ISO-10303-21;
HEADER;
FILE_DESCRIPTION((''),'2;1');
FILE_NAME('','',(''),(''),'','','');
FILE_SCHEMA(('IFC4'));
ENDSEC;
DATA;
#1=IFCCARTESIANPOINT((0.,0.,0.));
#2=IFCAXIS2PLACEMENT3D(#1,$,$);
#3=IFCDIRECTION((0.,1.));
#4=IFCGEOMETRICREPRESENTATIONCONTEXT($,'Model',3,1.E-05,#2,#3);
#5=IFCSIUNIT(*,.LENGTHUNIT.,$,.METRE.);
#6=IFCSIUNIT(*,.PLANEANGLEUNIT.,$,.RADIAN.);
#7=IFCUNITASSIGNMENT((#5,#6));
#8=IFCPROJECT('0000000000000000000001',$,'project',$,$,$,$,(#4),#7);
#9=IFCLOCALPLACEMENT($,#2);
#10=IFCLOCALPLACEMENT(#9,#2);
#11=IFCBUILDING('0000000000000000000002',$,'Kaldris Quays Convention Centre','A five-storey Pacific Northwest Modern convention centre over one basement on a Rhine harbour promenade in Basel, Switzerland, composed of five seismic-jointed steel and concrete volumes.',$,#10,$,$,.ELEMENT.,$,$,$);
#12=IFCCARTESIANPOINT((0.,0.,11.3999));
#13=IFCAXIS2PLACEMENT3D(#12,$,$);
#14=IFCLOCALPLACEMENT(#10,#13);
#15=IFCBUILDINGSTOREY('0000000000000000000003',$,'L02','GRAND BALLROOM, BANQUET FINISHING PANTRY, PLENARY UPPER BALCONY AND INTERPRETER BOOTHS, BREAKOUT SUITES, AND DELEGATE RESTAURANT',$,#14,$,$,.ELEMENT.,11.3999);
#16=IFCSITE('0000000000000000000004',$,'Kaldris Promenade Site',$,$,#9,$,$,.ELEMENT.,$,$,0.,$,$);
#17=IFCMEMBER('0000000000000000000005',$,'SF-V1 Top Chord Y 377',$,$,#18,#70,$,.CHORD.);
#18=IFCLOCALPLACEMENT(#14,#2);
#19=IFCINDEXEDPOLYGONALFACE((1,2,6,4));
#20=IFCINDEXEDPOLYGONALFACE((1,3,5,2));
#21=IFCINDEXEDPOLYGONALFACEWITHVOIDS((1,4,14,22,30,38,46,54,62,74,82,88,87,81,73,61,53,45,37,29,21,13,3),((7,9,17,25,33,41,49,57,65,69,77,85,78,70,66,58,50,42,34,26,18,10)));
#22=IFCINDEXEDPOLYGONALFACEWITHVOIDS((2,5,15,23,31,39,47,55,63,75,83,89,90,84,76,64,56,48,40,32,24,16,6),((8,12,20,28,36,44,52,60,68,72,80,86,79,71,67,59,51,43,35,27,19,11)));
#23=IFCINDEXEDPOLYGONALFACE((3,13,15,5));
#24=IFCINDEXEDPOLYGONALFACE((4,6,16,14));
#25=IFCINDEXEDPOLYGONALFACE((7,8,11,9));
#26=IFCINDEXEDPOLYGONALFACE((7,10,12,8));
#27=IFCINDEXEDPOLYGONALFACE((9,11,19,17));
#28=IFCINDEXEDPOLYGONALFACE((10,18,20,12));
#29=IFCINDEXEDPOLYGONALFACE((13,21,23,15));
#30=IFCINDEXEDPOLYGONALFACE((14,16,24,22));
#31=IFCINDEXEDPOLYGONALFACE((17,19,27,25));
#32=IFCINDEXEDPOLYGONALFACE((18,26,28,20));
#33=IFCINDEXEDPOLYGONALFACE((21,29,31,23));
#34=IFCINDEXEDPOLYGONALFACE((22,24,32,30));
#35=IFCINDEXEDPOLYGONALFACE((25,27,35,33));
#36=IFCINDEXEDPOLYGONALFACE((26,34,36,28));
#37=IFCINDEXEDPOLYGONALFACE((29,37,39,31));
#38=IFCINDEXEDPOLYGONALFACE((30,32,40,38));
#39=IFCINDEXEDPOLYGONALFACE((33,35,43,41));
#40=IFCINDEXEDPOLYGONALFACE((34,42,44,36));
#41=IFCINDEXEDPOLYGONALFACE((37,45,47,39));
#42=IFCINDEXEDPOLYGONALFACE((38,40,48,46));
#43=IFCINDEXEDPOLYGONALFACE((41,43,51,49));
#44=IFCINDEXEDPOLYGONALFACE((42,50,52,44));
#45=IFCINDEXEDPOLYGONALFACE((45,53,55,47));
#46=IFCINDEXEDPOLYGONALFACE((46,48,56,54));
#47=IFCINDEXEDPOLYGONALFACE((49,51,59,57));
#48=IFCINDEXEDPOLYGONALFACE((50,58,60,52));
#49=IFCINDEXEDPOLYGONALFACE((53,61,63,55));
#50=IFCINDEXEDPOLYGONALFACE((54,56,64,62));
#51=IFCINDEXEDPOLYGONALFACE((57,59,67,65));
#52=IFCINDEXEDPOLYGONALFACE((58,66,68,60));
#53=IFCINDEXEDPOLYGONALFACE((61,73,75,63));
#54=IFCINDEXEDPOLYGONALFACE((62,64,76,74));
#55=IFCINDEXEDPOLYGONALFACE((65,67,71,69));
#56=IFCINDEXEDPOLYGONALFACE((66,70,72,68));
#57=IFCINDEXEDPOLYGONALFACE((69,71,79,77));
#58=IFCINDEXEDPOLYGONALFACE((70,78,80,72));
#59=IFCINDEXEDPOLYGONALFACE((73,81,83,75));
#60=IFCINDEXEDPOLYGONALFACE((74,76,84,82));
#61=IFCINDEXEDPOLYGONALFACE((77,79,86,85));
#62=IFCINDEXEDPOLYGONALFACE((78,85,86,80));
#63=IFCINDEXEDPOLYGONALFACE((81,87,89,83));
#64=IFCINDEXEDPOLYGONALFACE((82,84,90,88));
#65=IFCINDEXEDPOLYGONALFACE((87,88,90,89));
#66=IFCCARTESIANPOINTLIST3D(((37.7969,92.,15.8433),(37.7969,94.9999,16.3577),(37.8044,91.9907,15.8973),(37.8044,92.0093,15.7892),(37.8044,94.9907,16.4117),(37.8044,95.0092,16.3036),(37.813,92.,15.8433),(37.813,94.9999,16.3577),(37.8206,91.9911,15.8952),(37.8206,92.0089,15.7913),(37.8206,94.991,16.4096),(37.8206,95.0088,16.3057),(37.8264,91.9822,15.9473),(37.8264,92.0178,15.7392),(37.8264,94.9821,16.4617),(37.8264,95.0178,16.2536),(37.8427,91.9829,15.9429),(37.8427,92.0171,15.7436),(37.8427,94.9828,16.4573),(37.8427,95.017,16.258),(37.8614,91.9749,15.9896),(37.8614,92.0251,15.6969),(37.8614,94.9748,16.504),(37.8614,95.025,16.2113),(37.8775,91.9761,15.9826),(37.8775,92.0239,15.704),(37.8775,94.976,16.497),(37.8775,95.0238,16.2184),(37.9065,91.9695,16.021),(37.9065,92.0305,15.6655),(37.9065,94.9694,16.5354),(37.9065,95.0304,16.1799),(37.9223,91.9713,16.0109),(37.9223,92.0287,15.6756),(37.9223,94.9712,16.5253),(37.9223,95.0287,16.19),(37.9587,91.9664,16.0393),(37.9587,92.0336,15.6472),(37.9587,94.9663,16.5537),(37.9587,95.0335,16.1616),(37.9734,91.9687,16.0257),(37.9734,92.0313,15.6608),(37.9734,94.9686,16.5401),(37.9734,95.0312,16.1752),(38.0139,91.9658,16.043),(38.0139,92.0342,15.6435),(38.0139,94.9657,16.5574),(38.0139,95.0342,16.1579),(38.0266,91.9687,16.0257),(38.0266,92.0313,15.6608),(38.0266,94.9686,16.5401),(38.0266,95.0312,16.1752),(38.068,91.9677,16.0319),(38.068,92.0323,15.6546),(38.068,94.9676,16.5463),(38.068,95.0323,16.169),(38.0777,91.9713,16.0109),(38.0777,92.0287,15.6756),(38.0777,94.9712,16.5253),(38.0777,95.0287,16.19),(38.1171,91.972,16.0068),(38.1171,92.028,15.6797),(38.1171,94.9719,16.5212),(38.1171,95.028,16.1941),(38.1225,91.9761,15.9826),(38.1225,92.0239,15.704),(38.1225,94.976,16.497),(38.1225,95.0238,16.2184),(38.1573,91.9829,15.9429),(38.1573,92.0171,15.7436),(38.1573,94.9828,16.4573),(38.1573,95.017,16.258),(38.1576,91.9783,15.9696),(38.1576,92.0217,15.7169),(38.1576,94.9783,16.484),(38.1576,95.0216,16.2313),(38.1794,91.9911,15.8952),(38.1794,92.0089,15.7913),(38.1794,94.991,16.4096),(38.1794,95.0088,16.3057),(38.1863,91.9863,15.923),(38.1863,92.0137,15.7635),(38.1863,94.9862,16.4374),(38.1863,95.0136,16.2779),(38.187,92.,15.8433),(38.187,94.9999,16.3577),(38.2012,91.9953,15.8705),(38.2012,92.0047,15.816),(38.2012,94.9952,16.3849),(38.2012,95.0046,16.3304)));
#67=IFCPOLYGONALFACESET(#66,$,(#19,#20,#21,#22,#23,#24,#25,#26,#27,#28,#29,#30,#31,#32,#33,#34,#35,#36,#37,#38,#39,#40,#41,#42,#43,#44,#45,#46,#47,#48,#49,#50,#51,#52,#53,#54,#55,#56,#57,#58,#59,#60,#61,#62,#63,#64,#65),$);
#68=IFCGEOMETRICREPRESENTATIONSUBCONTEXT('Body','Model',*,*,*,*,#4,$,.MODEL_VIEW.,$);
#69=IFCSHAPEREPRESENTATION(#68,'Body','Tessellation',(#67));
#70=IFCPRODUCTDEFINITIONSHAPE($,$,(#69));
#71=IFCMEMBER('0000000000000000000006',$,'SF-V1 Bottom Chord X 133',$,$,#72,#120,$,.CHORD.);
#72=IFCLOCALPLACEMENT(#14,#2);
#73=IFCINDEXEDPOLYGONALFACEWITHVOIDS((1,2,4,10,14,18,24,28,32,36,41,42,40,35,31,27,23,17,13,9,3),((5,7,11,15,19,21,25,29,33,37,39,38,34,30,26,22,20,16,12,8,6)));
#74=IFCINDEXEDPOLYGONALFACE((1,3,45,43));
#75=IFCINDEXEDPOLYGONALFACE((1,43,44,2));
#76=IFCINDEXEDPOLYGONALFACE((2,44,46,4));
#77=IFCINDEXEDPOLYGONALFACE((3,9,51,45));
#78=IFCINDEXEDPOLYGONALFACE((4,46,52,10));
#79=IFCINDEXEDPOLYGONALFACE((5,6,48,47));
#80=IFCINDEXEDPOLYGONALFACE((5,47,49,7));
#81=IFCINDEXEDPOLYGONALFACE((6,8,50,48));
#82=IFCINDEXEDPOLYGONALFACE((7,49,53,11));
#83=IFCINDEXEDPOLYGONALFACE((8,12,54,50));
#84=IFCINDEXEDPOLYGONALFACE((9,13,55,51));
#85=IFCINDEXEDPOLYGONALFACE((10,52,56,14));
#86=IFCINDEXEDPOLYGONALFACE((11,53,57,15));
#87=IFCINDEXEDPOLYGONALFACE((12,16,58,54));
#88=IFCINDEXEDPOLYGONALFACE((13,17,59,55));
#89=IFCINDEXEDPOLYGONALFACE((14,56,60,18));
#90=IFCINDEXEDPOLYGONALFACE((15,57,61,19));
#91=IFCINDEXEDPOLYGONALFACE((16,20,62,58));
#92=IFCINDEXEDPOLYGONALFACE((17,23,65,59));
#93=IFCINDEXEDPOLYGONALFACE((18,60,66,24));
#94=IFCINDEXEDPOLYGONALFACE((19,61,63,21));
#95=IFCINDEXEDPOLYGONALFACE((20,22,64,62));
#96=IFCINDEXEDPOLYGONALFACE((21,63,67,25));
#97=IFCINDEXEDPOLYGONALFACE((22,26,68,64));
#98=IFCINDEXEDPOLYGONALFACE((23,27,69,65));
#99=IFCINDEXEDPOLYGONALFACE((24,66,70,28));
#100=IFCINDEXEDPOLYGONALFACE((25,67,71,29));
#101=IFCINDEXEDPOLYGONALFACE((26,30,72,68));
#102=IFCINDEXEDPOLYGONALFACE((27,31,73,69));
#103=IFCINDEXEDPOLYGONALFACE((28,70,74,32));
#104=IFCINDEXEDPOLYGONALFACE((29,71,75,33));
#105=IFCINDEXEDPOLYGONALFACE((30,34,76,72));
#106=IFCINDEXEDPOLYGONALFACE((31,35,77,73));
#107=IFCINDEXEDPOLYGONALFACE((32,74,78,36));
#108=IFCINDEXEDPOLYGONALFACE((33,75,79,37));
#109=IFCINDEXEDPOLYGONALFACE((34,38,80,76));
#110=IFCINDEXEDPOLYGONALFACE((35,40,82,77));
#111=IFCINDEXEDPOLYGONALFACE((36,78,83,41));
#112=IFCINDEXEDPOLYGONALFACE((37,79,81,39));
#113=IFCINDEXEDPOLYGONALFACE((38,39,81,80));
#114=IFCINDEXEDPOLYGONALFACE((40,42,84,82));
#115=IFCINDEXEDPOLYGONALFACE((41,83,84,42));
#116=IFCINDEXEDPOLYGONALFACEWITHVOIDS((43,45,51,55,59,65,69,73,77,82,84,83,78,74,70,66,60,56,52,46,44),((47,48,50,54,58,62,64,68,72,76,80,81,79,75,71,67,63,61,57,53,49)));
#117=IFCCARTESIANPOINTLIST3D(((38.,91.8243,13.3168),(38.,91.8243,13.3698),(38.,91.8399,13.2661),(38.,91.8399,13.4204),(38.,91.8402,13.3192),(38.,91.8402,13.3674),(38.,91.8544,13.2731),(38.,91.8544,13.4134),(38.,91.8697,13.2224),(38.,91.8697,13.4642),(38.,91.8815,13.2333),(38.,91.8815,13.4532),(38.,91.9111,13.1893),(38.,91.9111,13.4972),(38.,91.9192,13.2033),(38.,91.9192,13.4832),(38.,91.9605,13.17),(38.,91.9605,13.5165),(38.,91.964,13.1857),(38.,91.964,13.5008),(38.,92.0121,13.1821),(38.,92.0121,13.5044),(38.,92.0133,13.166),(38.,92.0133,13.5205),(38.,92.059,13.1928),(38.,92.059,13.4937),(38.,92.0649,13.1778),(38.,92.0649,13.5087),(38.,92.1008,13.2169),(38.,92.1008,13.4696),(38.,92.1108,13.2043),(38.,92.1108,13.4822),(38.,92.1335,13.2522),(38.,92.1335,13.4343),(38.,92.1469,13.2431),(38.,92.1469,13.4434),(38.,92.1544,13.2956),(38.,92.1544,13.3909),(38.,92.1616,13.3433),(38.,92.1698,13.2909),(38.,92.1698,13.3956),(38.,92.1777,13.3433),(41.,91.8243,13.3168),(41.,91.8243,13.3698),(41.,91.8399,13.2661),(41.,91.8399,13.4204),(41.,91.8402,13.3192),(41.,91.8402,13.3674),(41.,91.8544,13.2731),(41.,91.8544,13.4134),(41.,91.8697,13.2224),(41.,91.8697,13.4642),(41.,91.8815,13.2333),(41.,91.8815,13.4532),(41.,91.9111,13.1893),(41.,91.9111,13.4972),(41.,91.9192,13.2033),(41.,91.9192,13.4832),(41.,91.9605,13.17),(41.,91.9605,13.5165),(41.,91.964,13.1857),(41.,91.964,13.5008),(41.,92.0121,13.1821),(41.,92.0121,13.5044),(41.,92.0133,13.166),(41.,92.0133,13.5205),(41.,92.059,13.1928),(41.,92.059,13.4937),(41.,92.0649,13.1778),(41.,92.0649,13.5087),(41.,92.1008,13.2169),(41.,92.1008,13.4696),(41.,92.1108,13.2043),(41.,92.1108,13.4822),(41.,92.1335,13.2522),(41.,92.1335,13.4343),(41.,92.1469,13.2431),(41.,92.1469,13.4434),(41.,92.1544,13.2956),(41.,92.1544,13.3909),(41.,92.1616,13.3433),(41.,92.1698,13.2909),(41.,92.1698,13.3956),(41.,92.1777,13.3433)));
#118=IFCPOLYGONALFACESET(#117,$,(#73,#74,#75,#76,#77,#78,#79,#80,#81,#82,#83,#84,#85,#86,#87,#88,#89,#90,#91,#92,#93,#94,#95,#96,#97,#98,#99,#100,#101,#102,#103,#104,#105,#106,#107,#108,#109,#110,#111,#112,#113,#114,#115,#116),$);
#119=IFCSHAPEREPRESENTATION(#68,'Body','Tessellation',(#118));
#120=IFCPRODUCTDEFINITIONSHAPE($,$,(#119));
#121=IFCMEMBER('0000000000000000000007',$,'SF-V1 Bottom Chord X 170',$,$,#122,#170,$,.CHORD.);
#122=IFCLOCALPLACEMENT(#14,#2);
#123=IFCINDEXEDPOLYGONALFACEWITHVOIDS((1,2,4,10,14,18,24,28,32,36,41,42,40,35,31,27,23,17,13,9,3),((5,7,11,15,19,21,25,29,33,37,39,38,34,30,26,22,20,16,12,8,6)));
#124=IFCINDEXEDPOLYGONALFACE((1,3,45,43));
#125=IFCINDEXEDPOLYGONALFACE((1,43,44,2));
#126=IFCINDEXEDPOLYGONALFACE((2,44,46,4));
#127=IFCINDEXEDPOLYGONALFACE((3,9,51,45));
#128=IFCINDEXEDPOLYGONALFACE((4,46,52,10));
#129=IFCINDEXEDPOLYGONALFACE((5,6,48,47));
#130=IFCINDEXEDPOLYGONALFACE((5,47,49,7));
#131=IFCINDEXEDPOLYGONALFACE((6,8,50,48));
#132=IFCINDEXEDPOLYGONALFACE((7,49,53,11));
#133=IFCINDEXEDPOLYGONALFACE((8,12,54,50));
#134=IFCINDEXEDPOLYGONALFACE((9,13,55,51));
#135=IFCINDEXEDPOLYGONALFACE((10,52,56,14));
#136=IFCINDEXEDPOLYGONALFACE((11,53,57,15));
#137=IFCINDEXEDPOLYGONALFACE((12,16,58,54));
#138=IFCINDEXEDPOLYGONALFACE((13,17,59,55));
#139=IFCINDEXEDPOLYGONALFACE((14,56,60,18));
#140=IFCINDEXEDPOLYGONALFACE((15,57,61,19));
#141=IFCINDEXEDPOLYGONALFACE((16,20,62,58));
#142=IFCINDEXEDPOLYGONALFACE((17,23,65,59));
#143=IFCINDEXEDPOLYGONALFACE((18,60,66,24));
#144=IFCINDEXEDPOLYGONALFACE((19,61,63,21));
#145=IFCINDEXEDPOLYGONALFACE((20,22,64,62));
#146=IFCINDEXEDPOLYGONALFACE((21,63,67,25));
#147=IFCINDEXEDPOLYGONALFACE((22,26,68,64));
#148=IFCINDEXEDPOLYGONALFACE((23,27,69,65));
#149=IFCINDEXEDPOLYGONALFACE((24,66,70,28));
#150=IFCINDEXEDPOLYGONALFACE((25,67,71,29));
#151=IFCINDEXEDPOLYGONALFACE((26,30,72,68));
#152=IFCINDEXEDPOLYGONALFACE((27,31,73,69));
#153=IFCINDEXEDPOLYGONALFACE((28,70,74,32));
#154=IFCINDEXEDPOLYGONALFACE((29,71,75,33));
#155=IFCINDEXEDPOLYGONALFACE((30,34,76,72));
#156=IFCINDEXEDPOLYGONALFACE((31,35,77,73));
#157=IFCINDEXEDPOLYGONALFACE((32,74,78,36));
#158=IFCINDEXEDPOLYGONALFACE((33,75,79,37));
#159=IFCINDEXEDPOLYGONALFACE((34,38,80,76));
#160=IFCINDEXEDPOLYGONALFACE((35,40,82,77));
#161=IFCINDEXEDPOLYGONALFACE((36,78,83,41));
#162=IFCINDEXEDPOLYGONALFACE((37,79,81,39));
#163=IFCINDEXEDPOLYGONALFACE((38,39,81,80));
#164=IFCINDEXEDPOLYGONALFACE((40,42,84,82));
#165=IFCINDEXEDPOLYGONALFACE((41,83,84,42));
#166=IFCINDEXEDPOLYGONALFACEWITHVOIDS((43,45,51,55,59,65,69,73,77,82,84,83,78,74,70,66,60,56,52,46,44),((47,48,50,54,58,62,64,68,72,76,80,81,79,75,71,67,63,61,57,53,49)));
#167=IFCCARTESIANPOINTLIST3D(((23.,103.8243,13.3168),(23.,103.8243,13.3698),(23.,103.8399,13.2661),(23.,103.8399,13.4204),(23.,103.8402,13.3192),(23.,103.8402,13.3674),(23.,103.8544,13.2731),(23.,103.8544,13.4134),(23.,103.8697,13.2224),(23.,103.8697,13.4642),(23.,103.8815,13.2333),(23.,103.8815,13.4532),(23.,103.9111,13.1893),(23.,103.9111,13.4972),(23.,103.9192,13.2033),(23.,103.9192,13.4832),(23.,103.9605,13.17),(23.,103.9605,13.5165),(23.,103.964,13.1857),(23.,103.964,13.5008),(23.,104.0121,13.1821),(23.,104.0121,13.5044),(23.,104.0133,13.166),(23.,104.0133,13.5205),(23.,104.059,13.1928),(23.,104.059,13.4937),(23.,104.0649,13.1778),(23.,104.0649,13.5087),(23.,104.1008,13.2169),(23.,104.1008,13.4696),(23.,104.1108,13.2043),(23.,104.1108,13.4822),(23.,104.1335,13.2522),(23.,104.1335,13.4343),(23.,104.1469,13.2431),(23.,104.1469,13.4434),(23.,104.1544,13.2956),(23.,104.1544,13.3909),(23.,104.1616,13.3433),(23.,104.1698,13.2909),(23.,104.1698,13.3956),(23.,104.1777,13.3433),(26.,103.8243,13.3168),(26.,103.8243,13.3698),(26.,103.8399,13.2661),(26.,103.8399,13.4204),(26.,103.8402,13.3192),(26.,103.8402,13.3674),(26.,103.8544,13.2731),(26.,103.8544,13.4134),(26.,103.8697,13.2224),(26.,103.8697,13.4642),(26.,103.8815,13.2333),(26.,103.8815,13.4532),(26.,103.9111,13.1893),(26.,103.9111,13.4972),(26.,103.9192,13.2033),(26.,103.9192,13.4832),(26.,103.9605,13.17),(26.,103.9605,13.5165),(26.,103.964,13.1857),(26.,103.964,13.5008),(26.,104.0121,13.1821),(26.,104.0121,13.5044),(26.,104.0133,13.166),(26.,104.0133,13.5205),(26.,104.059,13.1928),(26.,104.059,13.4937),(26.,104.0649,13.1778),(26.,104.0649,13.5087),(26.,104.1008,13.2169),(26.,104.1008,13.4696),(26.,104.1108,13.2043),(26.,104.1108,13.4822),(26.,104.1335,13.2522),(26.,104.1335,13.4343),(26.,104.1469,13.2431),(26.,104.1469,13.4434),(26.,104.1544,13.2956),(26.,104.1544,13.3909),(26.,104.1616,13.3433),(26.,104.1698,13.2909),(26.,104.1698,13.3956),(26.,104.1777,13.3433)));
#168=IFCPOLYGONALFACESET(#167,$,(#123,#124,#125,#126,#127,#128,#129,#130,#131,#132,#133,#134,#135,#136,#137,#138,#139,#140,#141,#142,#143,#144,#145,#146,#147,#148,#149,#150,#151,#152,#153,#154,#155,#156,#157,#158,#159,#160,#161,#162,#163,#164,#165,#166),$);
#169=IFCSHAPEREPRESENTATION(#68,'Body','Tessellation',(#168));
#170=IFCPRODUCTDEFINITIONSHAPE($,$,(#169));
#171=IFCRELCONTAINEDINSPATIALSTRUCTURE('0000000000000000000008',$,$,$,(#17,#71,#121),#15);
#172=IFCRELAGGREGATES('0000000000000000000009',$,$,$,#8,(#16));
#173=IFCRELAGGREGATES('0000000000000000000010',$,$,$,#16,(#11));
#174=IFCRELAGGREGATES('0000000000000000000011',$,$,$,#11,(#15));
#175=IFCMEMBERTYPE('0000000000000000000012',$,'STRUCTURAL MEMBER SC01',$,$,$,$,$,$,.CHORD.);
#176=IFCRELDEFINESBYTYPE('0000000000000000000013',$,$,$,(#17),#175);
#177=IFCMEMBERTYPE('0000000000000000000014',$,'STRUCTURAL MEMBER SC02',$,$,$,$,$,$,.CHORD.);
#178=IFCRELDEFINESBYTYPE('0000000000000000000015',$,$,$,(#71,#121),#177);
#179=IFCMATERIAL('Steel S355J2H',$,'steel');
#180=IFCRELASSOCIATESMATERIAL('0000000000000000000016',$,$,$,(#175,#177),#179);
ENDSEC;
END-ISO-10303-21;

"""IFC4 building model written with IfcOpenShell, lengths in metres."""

from ifc_helpers import new_model, si_unit, direction, frame, origin, origin_2d, place, context, subcontext, project, spatial, hollow_circle, extrude, material, material_profile, profile_set, type_object, element, save


model = new_model("IFC4")

# Units and contexts
model_context = context("Model", 3, precision=1e-05, world=origin(), true_north=direction((0.0, 1.0)))
body_context = subcontext(model_context, "Body", "Model", "MODEL_VIEW")
ifc_project = project(units=[si_unit("LENGTHUNIT", "METRE"), si_unit("PLANEANGLEUNIT", "RADIAN")], contexts=[model_context])

# Site, building, storey
site_placement = place(None, origin())
site = spatial("IfcSite", under=ifc_project, at=site_placement, Name="Kaldris Promenade Site", CompositionType="ELEMENT", RefElevation=0.0)
building_placement = place(site_placement, origin())
building = spatial("IfcBuilding", under=site, at=building_placement, Name="Kaldris Quays Convention Centre", Description="A five-storey Pacific Northwest Modern convention centre over one basement on a Rhine harbour promenade in Basel, Switzerland, composed of five seismic-jointed steel and concrete volumes.", CompositionType="ELEMENT")
storey_placement = place(building_placement, frame((0.0, 0.0, 11.3999)))
storey = spatial("IfcBuildingStorey", under=building, at=storey_placement, Name="L02", Description="GRAND BALLROOM, BANQUET FINISHING PANTRY, PLENARY UPPER BALCONY AND INTERPRETER BOOTHS, BREAKOUT SUITES, AND DELEGATE RESTAURANT", CompositionType="ELEMENT", Elevation=11.3999)

# Members
ifc_material_1 = material(Name="Steel S355J2H", Category="steel")
ifc_material_profile_1 = material_profile(ifc_material_1, hollow_circle(Radius=0.2031, WallThickness=0.0161, at=origin_2d()), Name="CHS 406.4x16")
ifc_profile_set_1 = profile_set([ifc_material_profile_1], Name="Steel S355J2H")
member_type_1 = type_object("IfcMemberType", Name="STRUCTURAL MEMBER SC01", PredefinedType="CHORD", material=ifc_profile_set_1)
for number, where, z_axis, x_axis, name in (
    (1, (38.0, 92.0, 15.8433), (0.0, 0.985616, 0.169002), (-1.0, 0.0, 0.0), "SF-V1 Top Chord Y 377"),
):
    element("IfcMember", number, at=place(storey_placement, frame(where, z_axis=z_axis, x_axis=x_axis)), inside=storey, type_object=member_type_1, Name=name, PredefinedType="CHORD", context=body_context, shape_type="SweptSolid", body=[
        extrude(hollow_circle(Radius=0.2031, WallThickness=0.0161, at=origin_2d()), origin(), (0.0, 0.0, 1.0), 3.0437),
    ])
ifc_material_profile_2 = material_profile(ifc_material_1, hollow_circle(Radius=0.1777, WallThickness=0.0161, at=origin_2d()), Name="CHS 355.6x16")
ifc_profile_set_2 = profile_set([ifc_material_profile_2], Name="Steel S355J2H")
member_type_2 = type_object("IfcMemberType", Name="STRUCTURAL MEMBER SC02", PredefinedType="CHORD", material=ifc_profile_set_2)
for number, where, z_axis, x_axis, name in (
    (2, (38.0, 92.0, 13.3433), (1.0, 0.0, 0.0), (0.0, 1.0, 0.0), "SF-V1 Bottom Chord X 133"),
    (3, (23.0, 104.0, 13.3433), (1.0, 0.0, 0.0), (0.0, 1.0, 0.0), "SF-V1 Bottom Chord X 170"),
):
    element("IfcMember", number, at=place(storey_placement, frame(where, z_axis=z_axis, x_axis=x_axis)), inside=storey, type_object=member_type_2, Name=name, PredefinedType="CHORD", context=body_context, shape_type="SweptSolid", body=[
        extrude(hollow_circle(Radius=0.1777, WallThickness=0.0161, at=origin_2d()), origin(), (0.0, 0.0, 1.0), 3.0),
    ])

save(model, "model.ifc")
